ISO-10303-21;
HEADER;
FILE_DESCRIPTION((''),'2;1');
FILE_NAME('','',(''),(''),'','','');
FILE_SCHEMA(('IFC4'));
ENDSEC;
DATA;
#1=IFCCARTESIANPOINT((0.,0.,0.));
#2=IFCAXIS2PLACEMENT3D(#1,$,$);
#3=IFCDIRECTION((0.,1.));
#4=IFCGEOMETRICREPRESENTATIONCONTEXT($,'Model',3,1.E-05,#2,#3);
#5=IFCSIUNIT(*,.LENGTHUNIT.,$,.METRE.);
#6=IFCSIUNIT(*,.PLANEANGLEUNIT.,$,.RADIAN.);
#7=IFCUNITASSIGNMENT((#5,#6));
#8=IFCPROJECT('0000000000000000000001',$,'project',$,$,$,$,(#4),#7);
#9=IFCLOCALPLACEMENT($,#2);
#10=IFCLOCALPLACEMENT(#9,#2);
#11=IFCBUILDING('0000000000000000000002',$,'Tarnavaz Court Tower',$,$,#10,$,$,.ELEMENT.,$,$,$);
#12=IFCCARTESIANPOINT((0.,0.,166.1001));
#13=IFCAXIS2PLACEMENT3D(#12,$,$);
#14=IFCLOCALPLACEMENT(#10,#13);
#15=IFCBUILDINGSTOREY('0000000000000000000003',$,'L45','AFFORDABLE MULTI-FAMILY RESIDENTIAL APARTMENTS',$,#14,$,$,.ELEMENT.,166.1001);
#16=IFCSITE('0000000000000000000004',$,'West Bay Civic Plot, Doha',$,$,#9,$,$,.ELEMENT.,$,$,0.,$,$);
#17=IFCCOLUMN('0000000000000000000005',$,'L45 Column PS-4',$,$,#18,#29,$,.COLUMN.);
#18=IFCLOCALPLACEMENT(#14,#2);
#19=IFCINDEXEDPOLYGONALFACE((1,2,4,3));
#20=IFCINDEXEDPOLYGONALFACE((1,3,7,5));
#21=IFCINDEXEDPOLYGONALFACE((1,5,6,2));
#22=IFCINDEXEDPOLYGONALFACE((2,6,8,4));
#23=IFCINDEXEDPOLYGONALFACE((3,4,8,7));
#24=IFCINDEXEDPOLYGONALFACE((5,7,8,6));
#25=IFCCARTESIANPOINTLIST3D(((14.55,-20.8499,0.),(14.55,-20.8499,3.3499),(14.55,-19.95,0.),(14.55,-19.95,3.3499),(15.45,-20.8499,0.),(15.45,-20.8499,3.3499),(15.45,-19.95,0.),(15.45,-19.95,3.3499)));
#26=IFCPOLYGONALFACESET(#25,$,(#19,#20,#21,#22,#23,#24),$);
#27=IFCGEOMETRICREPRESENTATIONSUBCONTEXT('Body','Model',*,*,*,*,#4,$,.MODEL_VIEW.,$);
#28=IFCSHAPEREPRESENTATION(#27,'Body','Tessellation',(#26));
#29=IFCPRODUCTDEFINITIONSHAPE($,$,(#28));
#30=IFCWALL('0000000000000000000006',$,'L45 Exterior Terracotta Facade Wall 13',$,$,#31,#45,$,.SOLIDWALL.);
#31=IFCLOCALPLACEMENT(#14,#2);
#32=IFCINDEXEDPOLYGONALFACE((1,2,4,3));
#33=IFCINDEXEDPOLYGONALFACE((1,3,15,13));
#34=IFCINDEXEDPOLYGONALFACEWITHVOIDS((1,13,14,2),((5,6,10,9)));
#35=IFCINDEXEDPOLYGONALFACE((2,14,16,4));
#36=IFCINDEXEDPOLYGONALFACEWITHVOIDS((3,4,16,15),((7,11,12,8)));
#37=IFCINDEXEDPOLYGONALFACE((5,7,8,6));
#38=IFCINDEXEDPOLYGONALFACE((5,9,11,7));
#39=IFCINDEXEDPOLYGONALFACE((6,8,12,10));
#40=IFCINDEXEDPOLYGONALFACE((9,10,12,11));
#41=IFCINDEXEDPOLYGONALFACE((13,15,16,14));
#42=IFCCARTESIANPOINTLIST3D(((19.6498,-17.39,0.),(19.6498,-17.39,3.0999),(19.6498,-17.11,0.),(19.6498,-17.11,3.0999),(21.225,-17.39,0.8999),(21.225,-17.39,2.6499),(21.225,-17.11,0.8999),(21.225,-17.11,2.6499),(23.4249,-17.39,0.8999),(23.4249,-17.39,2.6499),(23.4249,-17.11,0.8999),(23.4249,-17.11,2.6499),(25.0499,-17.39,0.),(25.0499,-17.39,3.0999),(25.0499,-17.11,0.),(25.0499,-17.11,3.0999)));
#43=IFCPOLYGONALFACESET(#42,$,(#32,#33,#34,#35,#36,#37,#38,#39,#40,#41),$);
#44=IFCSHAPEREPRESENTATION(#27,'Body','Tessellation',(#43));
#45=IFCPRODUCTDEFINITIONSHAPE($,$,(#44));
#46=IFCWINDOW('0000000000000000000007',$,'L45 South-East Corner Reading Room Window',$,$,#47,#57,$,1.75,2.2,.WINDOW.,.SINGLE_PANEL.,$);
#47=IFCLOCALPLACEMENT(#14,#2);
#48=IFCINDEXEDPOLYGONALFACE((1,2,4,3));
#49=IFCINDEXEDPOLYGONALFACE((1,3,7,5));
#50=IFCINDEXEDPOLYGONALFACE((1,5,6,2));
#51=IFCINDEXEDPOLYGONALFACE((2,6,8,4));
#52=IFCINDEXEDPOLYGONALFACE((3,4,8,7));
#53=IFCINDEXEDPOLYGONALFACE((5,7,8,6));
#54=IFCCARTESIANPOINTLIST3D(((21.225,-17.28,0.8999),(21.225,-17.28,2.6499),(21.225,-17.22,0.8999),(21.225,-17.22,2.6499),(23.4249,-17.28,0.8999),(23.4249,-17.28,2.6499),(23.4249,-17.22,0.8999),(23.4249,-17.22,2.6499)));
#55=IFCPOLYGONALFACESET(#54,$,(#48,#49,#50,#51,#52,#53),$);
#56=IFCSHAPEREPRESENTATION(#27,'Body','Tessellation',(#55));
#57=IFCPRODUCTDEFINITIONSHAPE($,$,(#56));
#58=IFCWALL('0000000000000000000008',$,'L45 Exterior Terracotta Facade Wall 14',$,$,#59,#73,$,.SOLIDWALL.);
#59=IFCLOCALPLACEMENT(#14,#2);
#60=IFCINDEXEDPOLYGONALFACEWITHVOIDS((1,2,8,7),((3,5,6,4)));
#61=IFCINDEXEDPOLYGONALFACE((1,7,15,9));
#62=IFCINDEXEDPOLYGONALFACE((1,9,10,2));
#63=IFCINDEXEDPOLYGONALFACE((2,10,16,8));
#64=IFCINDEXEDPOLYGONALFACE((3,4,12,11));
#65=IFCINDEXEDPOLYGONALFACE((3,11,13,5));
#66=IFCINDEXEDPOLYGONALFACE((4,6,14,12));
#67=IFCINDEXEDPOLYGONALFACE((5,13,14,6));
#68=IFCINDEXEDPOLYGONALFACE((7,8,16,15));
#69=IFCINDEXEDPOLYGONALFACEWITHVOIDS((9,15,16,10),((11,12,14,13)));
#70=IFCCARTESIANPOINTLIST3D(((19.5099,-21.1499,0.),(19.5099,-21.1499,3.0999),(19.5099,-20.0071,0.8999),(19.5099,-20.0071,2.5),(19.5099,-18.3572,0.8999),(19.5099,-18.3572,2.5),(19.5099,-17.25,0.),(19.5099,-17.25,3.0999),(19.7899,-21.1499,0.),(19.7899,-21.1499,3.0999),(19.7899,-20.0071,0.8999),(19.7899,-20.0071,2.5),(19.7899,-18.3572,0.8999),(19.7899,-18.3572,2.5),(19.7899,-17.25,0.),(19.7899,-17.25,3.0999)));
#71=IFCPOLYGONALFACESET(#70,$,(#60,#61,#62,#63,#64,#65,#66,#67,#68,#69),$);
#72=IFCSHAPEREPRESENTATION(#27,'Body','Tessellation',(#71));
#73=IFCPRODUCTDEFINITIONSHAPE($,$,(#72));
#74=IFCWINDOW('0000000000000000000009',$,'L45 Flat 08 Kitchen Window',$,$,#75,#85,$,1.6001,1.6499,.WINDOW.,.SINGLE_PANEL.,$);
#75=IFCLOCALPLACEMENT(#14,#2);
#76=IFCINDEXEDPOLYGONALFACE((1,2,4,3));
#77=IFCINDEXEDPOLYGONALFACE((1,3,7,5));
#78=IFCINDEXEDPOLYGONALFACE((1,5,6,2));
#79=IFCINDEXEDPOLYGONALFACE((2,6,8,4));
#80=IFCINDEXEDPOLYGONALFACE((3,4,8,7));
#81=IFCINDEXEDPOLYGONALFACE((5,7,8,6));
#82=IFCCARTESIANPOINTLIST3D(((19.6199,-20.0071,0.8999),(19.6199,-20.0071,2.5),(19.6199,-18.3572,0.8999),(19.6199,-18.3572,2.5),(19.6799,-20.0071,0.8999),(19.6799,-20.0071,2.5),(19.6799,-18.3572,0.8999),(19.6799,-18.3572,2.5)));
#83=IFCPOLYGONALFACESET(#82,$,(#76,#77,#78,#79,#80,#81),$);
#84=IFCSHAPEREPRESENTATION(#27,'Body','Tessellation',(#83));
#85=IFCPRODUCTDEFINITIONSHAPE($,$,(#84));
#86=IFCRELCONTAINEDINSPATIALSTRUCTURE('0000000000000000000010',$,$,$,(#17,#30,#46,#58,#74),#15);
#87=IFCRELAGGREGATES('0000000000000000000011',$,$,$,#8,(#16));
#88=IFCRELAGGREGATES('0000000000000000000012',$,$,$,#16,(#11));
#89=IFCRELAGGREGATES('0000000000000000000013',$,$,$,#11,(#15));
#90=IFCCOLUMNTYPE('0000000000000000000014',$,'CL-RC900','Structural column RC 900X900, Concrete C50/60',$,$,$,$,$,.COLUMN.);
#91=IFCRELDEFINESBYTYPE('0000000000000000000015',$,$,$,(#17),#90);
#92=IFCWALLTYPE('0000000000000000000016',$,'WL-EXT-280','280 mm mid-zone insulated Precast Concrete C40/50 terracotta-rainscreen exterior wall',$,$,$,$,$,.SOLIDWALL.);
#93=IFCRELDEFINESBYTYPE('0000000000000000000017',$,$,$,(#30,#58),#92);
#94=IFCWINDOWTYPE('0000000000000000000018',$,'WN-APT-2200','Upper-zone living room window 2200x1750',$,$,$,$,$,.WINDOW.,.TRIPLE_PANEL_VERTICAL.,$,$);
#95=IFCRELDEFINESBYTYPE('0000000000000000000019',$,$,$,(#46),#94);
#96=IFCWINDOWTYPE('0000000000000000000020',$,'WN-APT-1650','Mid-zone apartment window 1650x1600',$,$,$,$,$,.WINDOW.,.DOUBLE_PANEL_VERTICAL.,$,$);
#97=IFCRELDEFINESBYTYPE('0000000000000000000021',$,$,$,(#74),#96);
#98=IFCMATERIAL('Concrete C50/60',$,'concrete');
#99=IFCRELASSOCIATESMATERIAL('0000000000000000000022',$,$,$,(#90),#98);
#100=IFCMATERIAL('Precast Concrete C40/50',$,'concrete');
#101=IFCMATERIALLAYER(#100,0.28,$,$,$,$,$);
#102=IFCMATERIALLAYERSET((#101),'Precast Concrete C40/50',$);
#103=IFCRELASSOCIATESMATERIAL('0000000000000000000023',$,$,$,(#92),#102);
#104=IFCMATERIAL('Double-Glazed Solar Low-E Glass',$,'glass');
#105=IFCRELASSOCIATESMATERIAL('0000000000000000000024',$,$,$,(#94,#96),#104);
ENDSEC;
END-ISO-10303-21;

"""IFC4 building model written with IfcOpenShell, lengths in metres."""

from ifc_helpers import new_model, si_unit, direction, frame, frame_2d, origin, origin_2d, place, context, subcontext, project, spatial, rectangle, extrude, material, layer, layer_set, material_profile, profile_set, type_object, element, fill, save


model = new_model("IFC4")

# Units and contexts
model_context = context("Model", 3, precision=1e-05, world=origin(), true_north=direction((0.0, 1.0)))
body_context = subcontext(model_context, "Body", "Model", "MODEL_VIEW")
ifc_project = project(units=[si_unit("LENGTHUNIT", "METRE"), si_unit("PLANEANGLEUNIT", "RADIAN")], contexts=[model_context])

# Site, building, storey
site_placement = place(None, origin())
site = spatial("IfcSite", under=ifc_project, at=site_placement, Name="West Bay Civic Plot, Doha", CompositionType="ELEMENT", RefElevation=0.0)
building_placement = place(site_placement, origin())
building = spatial("IfcBuilding", under=site, at=building_placement, Name="Tarnavaz Court Tower", CompositionType="ELEMENT")
storey_placement = place(building_placement, frame((0.0, 0.0, 166.1001)))
storey = spatial("IfcBuildingStorey", under=building, at=storey_placement, Name="L45", Description="AFFORDABLE MULTI-FAMILY RESIDENTIAL APARTMENTS", CompositionType="ELEMENT", Elevation=166.1001)

# Column
ifc_material_1 = material(Name="Concrete C50/60", Category="concrete")
ifc_material_profile_1 = material_profile(ifc_material_1, rectangle(XDim=0.8999, YDim=0.8999, at=origin_2d()), Name="RC 900X900")
ifc_profile_set_1 = profile_set([ifc_material_profile_1], Name="Concrete C50/60")
column_type = type_object("IfcColumnType", Name="CL-RC900", Description="Structural column RC 900X900, Concrete C50/60", PredefinedType="COLUMN", material=ifc_profile_set_1)
column_placement = place(storey_placement, frame((15.0, -20.3999, 0.0), z_axis=(0.0, 0.0, 1.0), x_axis=(1.0, 0.0, 0.0)))
element("IfcColumn", 1, at=column_placement, inside=storey, type_object=column_type, Name="L45 Column PS-4", PredefinedType="COLUMN", context=body_context, shape_type="SweptSolid", body=[
    extrude(rectangle(XDim=0.8999, YDim=0.8999, at=origin_2d()), origin(), (0.0, 0.0, 1.0), 3.3499),
])

# Walls, openings, windows
ifc_material_2 = material(Name="Precast Concrete C40/50", Category="concrete")
ifc_layer_1 = layer(ifc_material_2, 0.28)
ifc_layer_set_1 = layer_set([ifc_layer_1], Name="Precast Concrete C40/50")
wall_type_1 = type_object("IfcWallType", Name="WL-EXT-280", Description="280 mm mid-zone insulated Precast Concrete C40/50 terracotta-rainscreen exterior wall", PredefinedType="SOLIDWALL", material=ifc_layer_set_1)
wall_1_placement = place(storey_placement, frame((25.05, -17.25, 0.0), z_axis=(0.0, 0.0, 1.0), x_axis=(-1.0, 0.0, 0.0)))
wall_1 = element("IfcWall", 2, at=wall_1_placement, inside=storey, type_object=wall_type_1, Name="L45 Exterior Terracotta Facade Wall 13", PredefinedType="SOLIDWALL", context=body_context, shape_type="SweptSolid", body=[
    extrude(rectangle(XDim=5.4001, YDim=0.28, at=frame_2d((2.7002, 0.0))), origin(), (0.0, 0.0, 1.0), 3.0999),
])
opening_1_placement = place(wall_1_placement, frame((1.625, 0.0, 0.8999)))
opening_1 = element("IfcOpeningElement", 3, at=opening_1_placement, cuts=wall_1, PredefinedType="OPENING", context=body_context, shape_type="SweptSolid", body=[
    extrude(rectangle(XDim=2.2, YDim=1.75, at=frame_2d((1.1001, 0.875))), frame((0.0, 0.1499, 0.0), z_axis=(0.0, -1.0, 0.0), x_axis=(1.0, 0.0, 0.0)), (0.0, 0.0, 1.0), 0.3),
])
ifc_material_3 = material(Name="Double-Glazed Solar Low-E Glass", Category="glass")
window_type_1 = type_object("IfcWindowType", Name="WN-APT-2200", Description="Upper-zone living room window 2200x1750", PartitioningType="TRIPLE_PANEL_VERTICAL", PredefinedType="WINDOW", material=ifc_material_3)
window_1_placement = place(opening_1_placement, origin())
window_1 = element("IfcWindow", 4, at=window_1_placement, inside=storey, type_object=window_type_1, Name="L45 South-East Corner Reading Room Window", OverallHeight=1.75, OverallWidth=2.2, PartitioningType="SINGLE_PANEL", PredefinedType="WINDOW", context=body_context, shape_type="SweptSolid", body=[
    extrude(rectangle(XDim=2.2, YDim=1.75, at=frame_2d((1.1001, 0.875))), frame((0.0, 0.03, 0.0), z_axis=(0.0, -1.0, 0.0), x_axis=(1.0, 0.0, 0.0)), (0.0, 0.0, 1.0), 0.0601),
])
fill(opening_1, window_1)
wall_2_placement = place(storey_placement, frame((19.6499, -17.25, 0.0), z_axis=(0.0, 0.0, 1.0), x_axis=(0.0, -1.0, 0.0)))
wall_2 = element("IfcWall", 5, at=wall_2_placement, inside=storey, type_object=wall_type_1, Name="L45 Exterior Terracotta Facade Wall 14", PredefinedType="SOLIDWALL", context=body_context, shape_type="SweptSolid", body=[
    extrude(rectangle(XDim=3.8999, YDim=0.28, at=frame_2d((1.95, 0.0))), origin(), (0.0, 0.0, 1.0), 3.0999),
])
opening_2_placement = place(wall_2_placement, frame((1.1072, 0.0, 0.8999)))
opening_2 = element("IfcOpeningElement", 6, at=opening_2_placement, cuts=wall_2, PredefinedType="OPENING", context=body_context, shape_type="SweptSolid", body=[
    extrude(rectangle(XDim=1.6499, YDim=1.6001, at=frame_2d((0.825, 0.8))), frame((0.0, 0.1499, 0.0), z_axis=(0.0, -1.0, 0.0), x_axis=(1.0, 0.0, 0.0)), (0.0, 0.0, 1.0), 0.3),
])
window_type_2 = type_object("IfcWindowType", Name="WN-APT-1650", Description="Mid-zone apartment window 1650x1600", PartitioningType="DOUBLE_PANEL_VERTICAL", PredefinedType="WINDOW", material=ifc_material_3)
window_2_placement = place(opening_2_placement, origin())
window_2 = element("IfcWindow", 7, at=window_2_placement, inside=storey, type_object=window_type_2, Name="L45 Flat 08 Kitchen Window", OverallHeight=1.6001, OverallWidth=1.6499, PartitioningType="SINGLE_PANEL", PredefinedType="WINDOW", context=body_context, shape_type="SweptSolid", body=[
    extrude(rectangle(XDim=1.6499, YDim=1.6001, at=frame_2d((0.825, 0.8))), frame((0.0, 0.03, 0.0), z_axis=(0.0, -1.0, 0.0), x_axis=(1.0, 0.0, 0.0)), (0.0, 0.0, 1.0), 0.0601),
])
fill(opening_2, window_2)

save(model, "model.ifc")
